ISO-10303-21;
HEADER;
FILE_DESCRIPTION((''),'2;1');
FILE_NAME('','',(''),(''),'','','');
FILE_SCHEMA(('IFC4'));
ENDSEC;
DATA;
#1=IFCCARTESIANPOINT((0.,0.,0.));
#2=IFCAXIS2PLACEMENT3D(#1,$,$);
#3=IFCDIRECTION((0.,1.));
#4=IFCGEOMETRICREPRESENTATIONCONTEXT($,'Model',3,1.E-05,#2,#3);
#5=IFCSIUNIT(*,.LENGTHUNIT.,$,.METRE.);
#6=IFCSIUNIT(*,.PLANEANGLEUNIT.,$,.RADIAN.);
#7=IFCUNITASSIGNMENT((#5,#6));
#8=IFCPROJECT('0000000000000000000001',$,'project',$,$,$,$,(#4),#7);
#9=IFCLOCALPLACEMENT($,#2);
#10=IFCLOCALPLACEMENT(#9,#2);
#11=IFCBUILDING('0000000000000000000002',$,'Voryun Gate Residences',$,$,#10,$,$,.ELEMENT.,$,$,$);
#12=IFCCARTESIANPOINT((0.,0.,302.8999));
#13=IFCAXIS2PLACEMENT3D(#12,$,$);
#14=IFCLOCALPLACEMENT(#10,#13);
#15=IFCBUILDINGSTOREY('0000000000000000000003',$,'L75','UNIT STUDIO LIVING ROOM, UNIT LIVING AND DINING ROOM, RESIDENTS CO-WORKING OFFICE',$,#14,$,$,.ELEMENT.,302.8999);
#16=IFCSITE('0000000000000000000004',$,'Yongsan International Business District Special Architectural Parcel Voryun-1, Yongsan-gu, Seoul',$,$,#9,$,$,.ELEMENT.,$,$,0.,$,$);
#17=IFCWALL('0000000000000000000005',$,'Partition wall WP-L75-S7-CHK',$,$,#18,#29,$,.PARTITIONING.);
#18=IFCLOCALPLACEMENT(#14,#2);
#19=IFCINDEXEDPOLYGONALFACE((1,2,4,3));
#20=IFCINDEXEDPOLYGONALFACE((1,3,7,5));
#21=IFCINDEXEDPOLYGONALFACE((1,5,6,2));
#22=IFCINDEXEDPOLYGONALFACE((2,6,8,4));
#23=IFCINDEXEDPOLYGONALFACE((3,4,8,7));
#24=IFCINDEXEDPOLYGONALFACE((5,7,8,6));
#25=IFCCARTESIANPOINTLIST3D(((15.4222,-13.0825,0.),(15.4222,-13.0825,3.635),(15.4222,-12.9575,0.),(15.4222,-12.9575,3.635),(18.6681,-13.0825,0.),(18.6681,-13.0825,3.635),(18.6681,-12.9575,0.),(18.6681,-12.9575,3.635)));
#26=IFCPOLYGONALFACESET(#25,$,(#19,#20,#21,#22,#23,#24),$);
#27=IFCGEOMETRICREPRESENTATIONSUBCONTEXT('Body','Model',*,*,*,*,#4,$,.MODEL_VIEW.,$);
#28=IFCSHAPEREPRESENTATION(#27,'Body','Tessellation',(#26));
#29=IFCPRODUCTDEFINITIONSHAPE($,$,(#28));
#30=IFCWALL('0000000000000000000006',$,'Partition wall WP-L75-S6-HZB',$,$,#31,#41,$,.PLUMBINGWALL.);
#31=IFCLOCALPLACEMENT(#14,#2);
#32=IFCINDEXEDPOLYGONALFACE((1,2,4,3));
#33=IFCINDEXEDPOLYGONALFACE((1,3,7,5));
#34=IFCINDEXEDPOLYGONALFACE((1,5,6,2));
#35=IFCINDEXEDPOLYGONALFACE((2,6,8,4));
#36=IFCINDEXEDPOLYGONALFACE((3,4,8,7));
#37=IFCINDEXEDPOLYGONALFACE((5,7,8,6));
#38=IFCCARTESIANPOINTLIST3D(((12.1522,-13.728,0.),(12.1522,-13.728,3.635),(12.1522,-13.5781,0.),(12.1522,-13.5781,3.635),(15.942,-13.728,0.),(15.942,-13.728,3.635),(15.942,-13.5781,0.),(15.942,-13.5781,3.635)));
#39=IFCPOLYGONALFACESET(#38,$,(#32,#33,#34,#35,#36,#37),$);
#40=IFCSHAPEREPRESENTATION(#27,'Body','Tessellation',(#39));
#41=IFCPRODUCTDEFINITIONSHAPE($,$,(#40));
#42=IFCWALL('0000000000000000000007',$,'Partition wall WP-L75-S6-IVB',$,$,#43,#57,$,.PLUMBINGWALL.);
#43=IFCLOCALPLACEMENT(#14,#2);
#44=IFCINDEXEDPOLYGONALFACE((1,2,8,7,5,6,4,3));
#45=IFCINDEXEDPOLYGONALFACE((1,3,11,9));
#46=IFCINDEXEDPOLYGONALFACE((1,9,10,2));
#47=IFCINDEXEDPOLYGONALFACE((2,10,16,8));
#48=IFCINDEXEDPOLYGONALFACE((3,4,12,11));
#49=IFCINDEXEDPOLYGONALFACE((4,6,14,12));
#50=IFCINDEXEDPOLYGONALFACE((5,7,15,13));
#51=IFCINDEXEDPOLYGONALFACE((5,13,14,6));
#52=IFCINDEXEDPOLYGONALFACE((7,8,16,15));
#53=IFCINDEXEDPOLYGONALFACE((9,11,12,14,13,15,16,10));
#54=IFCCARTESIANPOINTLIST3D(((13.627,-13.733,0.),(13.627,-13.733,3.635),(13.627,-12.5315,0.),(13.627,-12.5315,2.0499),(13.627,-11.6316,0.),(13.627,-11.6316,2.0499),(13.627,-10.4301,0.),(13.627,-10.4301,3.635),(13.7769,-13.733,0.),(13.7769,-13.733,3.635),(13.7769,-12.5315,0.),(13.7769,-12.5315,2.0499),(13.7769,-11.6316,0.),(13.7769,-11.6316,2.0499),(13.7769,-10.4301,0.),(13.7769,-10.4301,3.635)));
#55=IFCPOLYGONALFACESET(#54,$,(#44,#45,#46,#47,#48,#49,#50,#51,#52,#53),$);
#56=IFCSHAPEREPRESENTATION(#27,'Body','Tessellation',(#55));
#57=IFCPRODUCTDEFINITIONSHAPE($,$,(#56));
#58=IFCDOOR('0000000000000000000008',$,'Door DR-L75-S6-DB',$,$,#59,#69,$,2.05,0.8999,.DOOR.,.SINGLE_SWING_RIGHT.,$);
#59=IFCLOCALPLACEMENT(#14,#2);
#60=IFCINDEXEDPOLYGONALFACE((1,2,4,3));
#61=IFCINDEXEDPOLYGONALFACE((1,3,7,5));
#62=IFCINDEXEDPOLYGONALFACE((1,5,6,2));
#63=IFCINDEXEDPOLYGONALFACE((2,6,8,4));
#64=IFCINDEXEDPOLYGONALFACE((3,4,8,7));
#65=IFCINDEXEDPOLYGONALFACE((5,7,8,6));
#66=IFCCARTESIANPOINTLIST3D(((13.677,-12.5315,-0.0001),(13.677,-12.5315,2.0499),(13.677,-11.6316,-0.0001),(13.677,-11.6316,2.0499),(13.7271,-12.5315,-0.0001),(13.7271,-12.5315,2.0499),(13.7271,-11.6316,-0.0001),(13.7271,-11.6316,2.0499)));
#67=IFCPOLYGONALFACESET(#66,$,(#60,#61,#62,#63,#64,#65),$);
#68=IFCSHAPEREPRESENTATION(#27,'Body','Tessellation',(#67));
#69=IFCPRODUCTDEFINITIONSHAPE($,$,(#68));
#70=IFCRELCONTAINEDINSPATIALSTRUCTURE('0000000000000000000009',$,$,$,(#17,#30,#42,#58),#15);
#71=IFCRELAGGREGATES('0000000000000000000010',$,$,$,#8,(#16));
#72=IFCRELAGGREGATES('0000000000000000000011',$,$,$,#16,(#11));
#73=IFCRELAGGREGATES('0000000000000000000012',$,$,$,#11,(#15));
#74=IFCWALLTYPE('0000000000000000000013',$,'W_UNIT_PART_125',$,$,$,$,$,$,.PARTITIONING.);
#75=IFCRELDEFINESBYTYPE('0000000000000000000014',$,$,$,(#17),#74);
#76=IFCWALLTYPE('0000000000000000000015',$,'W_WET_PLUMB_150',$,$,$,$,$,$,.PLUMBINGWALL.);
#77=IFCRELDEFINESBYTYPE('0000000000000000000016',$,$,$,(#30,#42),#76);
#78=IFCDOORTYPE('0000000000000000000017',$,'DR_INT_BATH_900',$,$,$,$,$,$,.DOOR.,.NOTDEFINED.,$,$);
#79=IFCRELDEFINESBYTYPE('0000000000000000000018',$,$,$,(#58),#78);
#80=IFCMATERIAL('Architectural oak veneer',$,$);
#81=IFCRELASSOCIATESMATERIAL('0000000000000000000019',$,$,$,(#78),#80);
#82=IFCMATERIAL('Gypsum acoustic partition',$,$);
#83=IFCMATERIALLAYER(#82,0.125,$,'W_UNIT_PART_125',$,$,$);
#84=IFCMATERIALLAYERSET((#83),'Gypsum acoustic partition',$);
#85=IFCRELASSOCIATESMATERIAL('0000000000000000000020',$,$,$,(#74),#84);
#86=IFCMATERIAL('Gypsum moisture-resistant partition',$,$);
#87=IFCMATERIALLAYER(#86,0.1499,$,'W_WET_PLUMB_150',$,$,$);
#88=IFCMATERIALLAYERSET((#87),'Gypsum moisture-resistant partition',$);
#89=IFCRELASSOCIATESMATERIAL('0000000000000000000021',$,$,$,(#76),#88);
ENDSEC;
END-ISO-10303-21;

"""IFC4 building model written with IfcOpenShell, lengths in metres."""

from ifc_helpers import new_model, si_unit, direction, frame, frame_2d, origin, place, context, subcontext, project, spatial, rectangle, extrude, material, layer, layer_set, type_object, element, fill, save


model = new_model("IFC4")

# Units and contexts
model_context = context("Model", 3, precision=1e-05, world=origin(), true_north=direction((0.0, 1.0)))
body_context = subcontext(model_context, "Body", "Model", "MODEL_VIEW")
ifc_project = project(units=[si_unit("LENGTHUNIT", "METRE"), si_unit("PLANEANGLEUNIT", "RADIAN")], contexts=[model_context])

# Site, building, storey
site_placement = place(None, origin())
site = spatial("IfcSite", under=ifc_project, at=site_placement, Name="Yongsan International Business District Special Architectural Parcel Voryun-1, Yongsan-gu, Seoul", CompositionType="ELEMENT", RefElevation=0.0)
building_placement = place(site_placement, origin())
building = spatial("IfcBuilding", under=site, at=building_placement, Name="Voryun Gate Residences", CompositionType="ELEMENT")
storey_placement = place(building_placement, frame((0.0, 0.0, 302.8999)))
storey = spatial("IfcBuildingStorey", under=building, at=storey_placement, Name="L75", Description="UNIT STUDIO LIVING ROOM, UNIT LIVING AND DINING ROOM, RESIDENTS CO-WORKING OFFICE", CompositionType="ELEMENT", Elevation=302.8999)

# Shared definitions
ifc_material_1 = material(Name="Architectural oak veneer")
door_type_1 = type_object("IfcDoorType", Name="DR_INT_BATH_900", OperationType="NOTDEFINED", PredefinedType="DOOR", material=ifc_material_1)
ifc_material_2 = material(Name="Gypsum acoustic partition")
ifc_layer_1 = layer(ifc_material_2, 0.125, Name="W_UNIT_PART_125")
ifc_layer_set_1 = layer_set([ifc_layer_1], Name="Gypsum acoustic partition")
wall_type_1 = type_object("IfcWallType", Name="W_UNIT_PART_125", PredefinedType="PARTITIONING", material=ifc_layer_set_1)

# Walls
wall_1_placement = place(storey_placement, frame((15.4221, -13.02, 0.0), z_axis=(0.0, 0.0, 1.0), x_axis=(1.0, 0.0, 0.0)))
element("IfcWall", 1, at=wall_1_placement, inside=storey, type_object=wall_type_1, Name="Partition wall WP-L75-S7-CHK", PredefinedType="PARTITIONING", context=body_context, shape_type="SweptSolid", body=[
    extrude(rectangle(XDim=3.2458, YDim=0.125, at=frame_2d((1.623, 0.0))), origin(), (0.0, 0.0, 1.0), 3.635),
])
ifc_material_3 = material(Name="Gypsum moisture-resistant partition")
ifc_layer_2 = layer(ifc_material_3, 0.1499, Name="W_WET_PLUMB_150")
ifc_layer_set_2 = layer_set([ifc_layer_2], Name="Gypsum moisture-resistant partition")
wall_type_2 = type_object("IfcWallType", Name="W_WET_PLUMB_150", PredefinedType="PLUMBINGWALL", material=ifc_layer_set_2)
wall_2_placement = place(storey_placement, frame((12.1521, -13.6531, 0.0), z_axis=(0.0, 0.0, 1.0), x_axis=(1.0, 0.0, 0.0)))
element("IfcWall", 2, at=wall_2_placement, inside=storey, type_object=wall_type_2, Name="Partition wall WP-L75-S6-HZB", PredefinedType="PLUMBINGWALL", context=body_context, shape_type="SweptSolid", body=[
    extrude(rectangle(XDim=3.7898, YDim=0.1499, at=frame_2d((1.895, 0.0))), origin(), (0.0, 0.0, 1.0), 3.635),
])

# Wall, opening, door
wall_3_placement = place(storey_placement, frame((13.7019, -13.7329, 0.0), z_axis=(0.0, 0.0, 1.0), x_axis=(0.0, 1.0, 0.0)))
wall_3 = element("IfcWall", 3, at=wall_3_placement, inside=storey, type_object=wall_type_2, Name="Partition wall WP-L75-S6-IVB", PredefinedType="PLUMBINGWALL", context=body_context, shape_type="SweptSolid", body=[
    extrude(rectangle(XDim=3.303, YDim=0.1499, at=frame_2d((1.6514, 0.0))), origin(), (0.0, 0.0, 1.0), 3.635),
])
opening_1_placement = place(wall_3_placement, frame((1.2014, 0.0, 0.0)))
opening_1 = element("IfcOpeningElement", 4, at=opening_1_placement, cuts=wall_3, PredefinedType="OPENING", context=body_context, shape_type="SweptSolid", body=[
    extrude(rectangle(XDim=0.8999, YDim=2.05, at=frame_2d((0.45, 1.0249))), frame((0.0, 0.085, 0.0), z_axis=(0.0, -1.0, 0.0), x_axis=(1.0, 0.0, 0.0)), (0.0, 0.0, 1.0), 0.1699),
])
door_1_placement = place(opening_1_placement, origin())
door_1 = element("IfcDoor", 5, at=door_1_placement, inside=storey, type_object=door_type_1, Name="Door DR-L75-S6-DB", OperationType="SINGLE_SWING_RIGHT", OverallHeight=2.05, OverallWidth=0.8999, PredefinedType="DOOR", context=body_context, shape_type="SweptSolid", body=[
    extrude(rectangle(XDim=0.8999, YDim=2.05, at=frame_2d((0.45, 1.0249))), frame((0.0, 0.0249, 0.0), z_axis=(0.0, -1.0, 0.0), x_axis=(1.0, 0.0, 0.0)), (0.0, 0.0, 1.0), 0.05),
])
fill(opening_1, door_1)

save(model, "model.ifc")
